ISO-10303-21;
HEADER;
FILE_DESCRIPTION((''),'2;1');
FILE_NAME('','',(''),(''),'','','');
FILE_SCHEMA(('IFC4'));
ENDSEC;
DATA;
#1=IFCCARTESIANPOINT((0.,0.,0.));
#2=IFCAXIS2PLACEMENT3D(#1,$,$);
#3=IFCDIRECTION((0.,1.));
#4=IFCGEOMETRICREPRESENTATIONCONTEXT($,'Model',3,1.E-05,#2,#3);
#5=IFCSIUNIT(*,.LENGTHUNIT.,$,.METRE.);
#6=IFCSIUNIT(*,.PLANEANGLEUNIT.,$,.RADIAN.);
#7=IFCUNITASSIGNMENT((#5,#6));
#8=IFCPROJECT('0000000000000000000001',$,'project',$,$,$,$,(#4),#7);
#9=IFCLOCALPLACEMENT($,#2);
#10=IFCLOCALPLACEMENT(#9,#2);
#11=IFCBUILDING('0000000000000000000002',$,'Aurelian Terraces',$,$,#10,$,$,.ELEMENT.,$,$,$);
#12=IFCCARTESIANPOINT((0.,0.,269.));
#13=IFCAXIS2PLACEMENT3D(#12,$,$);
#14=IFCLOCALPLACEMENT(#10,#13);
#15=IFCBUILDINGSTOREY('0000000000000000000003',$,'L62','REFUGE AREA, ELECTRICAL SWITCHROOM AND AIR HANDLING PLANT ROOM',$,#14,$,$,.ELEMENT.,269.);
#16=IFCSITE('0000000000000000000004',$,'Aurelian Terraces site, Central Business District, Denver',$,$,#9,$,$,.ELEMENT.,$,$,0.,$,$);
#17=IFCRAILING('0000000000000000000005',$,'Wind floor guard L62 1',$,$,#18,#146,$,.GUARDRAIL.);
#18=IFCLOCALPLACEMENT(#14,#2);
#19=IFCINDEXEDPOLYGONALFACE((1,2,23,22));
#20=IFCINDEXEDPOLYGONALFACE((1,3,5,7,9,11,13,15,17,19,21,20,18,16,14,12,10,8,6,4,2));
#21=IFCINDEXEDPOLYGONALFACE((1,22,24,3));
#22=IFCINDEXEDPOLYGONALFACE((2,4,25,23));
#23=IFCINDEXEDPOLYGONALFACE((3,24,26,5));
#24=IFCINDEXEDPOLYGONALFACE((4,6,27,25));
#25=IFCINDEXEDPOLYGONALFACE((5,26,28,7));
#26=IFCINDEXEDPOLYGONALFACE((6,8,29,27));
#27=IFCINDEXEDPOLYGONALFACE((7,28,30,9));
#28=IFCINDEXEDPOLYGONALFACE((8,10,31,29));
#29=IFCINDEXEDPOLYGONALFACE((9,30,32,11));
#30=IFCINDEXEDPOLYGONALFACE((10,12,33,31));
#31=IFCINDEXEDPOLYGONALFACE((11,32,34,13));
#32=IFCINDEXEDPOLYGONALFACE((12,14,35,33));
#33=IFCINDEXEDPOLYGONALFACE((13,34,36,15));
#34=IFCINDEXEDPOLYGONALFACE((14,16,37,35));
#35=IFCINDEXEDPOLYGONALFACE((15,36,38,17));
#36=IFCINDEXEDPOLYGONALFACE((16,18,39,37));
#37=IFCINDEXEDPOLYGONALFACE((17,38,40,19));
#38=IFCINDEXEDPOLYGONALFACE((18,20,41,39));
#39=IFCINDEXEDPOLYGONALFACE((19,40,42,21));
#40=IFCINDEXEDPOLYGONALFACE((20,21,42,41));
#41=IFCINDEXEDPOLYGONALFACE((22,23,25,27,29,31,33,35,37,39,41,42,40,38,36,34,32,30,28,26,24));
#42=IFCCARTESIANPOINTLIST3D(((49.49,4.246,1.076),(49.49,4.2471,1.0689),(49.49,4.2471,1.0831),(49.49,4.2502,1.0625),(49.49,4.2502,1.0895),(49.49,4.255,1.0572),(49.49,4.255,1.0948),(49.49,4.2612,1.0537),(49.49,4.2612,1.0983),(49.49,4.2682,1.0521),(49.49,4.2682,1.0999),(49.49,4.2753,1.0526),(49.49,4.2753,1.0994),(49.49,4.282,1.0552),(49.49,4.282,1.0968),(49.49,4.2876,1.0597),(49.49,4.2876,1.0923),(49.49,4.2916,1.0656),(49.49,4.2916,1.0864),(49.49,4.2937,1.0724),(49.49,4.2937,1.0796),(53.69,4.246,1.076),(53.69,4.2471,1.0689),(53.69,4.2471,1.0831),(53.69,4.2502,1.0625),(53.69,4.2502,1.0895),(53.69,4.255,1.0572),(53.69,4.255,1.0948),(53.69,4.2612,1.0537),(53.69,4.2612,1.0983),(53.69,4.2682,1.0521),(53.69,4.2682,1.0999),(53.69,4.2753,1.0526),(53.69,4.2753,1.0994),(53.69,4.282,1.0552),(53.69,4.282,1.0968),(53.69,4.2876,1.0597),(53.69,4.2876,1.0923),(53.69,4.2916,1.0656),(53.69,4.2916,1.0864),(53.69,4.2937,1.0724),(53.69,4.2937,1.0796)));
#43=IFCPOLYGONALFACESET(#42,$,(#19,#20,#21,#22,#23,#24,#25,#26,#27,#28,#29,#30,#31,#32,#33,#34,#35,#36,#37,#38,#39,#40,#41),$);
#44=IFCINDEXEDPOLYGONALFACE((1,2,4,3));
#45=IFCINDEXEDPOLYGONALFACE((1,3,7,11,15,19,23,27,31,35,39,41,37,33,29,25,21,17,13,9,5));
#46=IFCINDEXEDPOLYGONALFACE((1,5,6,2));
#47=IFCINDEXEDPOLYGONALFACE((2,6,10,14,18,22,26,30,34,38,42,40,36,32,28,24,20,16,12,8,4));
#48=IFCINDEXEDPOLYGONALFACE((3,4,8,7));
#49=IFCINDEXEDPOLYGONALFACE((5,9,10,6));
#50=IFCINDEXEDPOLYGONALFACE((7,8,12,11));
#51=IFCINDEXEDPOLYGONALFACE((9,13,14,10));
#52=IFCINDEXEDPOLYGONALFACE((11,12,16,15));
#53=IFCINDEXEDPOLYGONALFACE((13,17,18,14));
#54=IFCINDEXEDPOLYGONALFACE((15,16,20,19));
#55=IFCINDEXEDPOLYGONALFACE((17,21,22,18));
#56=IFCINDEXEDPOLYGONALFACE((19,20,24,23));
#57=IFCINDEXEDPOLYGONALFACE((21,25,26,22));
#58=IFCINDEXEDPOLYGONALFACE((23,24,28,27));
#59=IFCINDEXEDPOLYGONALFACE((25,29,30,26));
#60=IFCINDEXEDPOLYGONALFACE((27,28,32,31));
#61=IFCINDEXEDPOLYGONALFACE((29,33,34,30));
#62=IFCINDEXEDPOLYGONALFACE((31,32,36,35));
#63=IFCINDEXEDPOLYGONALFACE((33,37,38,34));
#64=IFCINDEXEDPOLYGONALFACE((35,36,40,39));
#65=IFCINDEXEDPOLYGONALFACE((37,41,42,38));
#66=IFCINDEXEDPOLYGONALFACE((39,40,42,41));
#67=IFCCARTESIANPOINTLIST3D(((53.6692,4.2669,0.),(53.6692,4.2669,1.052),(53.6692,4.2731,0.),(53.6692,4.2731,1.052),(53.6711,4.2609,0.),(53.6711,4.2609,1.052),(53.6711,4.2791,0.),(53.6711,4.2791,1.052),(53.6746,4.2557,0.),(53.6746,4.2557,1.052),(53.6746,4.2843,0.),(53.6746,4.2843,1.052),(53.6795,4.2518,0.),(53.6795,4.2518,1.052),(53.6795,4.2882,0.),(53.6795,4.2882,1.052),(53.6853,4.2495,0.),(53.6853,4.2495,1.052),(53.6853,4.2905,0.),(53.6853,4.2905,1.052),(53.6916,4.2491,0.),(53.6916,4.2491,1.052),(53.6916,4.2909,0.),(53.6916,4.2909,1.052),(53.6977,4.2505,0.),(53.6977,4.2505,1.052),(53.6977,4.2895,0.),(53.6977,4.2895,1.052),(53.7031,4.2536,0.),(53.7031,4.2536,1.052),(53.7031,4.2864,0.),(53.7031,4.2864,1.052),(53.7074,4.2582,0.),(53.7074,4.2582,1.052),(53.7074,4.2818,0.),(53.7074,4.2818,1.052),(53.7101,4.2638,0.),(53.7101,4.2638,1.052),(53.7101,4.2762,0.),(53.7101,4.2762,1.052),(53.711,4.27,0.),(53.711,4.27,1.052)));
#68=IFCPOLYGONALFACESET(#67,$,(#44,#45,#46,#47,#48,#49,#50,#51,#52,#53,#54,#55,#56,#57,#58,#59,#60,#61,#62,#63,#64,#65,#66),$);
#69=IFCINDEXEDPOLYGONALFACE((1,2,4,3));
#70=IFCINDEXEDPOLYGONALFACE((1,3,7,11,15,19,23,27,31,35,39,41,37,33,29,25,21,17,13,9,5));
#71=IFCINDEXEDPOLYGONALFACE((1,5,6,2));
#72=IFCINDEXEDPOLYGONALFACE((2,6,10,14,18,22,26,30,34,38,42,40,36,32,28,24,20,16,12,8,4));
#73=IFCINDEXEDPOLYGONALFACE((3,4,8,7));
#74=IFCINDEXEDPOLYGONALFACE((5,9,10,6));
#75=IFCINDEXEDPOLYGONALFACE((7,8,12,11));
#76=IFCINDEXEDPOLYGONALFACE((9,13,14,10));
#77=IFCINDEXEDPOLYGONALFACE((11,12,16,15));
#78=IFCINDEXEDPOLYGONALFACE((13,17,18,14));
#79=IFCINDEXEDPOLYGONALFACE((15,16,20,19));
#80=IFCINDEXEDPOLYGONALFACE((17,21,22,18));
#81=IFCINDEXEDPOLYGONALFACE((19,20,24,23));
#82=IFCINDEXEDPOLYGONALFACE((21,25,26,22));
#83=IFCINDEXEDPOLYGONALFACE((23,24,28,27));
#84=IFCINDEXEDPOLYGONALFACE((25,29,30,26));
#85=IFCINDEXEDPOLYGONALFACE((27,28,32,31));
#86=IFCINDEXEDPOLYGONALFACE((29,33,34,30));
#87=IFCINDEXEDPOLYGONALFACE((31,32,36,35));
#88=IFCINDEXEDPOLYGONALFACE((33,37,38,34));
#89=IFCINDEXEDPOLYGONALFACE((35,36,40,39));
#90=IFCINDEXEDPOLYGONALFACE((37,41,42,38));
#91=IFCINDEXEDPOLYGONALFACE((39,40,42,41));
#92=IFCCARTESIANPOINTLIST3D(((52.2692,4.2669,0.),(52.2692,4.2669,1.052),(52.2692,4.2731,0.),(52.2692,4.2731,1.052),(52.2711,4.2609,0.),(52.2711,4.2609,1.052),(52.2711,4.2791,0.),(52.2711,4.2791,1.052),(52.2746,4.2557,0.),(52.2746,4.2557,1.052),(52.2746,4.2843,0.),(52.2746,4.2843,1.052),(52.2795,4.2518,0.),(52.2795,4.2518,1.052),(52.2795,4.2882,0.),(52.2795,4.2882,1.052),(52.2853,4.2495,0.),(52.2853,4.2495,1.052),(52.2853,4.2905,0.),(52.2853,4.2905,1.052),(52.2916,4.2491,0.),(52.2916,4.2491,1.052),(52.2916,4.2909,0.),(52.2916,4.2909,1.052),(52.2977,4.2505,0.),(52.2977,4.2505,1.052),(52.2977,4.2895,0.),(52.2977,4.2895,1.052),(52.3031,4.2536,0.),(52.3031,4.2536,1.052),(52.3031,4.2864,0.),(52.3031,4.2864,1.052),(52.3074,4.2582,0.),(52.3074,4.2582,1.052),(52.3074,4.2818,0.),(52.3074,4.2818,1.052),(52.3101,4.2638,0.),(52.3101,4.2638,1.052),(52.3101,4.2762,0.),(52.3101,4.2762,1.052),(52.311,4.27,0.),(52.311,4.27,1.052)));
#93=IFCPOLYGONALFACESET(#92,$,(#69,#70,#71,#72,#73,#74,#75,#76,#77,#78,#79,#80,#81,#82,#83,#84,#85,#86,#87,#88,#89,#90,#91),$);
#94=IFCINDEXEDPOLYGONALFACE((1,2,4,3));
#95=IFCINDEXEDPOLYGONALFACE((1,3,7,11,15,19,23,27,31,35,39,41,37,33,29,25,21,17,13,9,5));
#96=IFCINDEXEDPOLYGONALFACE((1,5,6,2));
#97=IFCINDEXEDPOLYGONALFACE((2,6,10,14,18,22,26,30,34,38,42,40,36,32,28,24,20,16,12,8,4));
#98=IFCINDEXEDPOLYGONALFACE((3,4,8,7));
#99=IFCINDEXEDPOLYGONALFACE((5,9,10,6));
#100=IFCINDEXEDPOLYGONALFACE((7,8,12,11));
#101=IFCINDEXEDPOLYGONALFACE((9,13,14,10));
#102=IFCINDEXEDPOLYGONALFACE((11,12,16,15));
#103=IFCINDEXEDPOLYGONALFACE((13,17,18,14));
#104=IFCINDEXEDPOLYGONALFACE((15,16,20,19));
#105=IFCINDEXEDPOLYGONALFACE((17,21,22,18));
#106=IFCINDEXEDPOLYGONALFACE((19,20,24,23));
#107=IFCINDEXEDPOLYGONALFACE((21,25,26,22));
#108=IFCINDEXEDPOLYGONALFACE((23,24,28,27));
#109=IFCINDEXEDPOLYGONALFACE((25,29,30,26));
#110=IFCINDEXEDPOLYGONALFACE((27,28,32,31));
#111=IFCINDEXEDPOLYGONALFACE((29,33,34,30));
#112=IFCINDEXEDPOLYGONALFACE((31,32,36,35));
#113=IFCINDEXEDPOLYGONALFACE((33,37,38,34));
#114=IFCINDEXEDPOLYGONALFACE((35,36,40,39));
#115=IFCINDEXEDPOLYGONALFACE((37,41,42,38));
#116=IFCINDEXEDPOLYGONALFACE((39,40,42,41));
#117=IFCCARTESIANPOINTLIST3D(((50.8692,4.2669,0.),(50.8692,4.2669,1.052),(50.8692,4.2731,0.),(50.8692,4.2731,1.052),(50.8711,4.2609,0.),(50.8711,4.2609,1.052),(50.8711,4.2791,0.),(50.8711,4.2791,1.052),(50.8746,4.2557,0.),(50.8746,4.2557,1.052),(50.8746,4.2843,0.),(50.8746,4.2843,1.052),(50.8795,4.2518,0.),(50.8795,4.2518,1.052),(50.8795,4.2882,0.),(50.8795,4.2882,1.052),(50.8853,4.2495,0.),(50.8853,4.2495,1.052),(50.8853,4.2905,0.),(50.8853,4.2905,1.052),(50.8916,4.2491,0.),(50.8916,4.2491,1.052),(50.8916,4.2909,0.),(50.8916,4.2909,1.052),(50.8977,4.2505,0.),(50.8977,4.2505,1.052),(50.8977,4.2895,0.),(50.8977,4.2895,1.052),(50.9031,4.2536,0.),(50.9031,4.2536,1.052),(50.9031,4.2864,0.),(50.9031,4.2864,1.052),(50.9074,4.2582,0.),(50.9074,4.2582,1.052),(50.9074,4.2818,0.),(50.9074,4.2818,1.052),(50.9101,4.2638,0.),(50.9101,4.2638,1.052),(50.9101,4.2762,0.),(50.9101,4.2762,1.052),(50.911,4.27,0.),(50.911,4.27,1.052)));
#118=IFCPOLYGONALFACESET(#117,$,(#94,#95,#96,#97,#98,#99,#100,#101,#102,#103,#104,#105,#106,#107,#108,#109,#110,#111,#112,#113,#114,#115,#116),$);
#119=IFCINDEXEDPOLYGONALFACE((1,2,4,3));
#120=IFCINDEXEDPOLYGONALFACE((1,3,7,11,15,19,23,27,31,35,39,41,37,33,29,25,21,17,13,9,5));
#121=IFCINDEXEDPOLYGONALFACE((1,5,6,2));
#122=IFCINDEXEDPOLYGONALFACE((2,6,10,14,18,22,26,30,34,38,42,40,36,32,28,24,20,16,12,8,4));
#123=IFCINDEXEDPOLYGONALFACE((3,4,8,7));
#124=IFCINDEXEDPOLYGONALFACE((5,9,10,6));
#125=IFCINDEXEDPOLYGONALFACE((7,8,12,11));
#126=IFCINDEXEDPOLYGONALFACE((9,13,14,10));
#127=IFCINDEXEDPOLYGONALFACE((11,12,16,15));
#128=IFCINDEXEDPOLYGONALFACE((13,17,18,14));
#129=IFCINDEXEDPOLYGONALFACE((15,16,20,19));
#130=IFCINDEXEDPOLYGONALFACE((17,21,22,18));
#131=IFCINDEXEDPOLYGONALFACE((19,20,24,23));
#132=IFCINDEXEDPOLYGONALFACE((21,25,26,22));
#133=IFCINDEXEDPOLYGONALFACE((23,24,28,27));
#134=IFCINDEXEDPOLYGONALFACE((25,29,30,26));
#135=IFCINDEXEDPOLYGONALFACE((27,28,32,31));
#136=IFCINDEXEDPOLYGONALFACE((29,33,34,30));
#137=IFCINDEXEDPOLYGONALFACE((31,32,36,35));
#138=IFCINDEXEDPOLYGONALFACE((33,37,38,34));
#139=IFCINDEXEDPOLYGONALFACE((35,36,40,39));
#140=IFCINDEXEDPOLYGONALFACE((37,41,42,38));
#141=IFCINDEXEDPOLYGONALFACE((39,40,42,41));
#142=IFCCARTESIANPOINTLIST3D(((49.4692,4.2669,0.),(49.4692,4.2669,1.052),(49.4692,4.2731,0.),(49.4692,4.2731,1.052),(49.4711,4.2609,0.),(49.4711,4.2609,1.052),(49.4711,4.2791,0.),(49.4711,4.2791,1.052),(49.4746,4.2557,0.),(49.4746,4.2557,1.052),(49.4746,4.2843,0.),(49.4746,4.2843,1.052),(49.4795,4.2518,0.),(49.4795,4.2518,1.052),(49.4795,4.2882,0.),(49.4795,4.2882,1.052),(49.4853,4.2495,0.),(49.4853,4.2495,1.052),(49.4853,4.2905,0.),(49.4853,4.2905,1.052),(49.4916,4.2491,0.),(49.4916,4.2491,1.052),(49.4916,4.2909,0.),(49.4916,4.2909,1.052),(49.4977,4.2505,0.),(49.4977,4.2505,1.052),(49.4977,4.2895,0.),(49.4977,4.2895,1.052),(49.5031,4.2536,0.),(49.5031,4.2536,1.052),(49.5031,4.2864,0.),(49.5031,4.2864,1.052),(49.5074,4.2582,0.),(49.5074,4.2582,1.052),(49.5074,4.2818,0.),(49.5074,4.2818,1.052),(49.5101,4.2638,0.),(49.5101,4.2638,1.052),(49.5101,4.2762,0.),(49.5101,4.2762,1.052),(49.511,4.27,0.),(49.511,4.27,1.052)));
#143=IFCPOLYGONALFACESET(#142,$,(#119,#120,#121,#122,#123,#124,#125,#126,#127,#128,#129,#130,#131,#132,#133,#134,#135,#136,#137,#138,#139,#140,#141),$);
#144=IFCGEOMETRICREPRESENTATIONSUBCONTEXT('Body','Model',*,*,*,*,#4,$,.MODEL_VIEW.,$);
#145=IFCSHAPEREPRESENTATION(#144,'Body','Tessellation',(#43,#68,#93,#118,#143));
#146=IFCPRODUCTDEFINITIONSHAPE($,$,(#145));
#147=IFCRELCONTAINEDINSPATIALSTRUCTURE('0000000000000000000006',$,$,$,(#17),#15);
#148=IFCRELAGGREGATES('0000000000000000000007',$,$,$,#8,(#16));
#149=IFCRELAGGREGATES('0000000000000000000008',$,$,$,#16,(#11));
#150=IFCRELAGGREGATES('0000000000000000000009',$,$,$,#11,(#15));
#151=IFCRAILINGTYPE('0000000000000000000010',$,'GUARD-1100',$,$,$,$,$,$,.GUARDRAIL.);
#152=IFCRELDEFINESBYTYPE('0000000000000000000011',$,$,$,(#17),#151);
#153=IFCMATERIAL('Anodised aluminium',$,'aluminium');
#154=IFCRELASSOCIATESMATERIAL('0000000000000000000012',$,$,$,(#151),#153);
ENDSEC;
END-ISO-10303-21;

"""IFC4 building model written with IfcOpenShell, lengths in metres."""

from ifc_helpers import new_model, si_unit, direction, frame, origin, origin_2d, place, context, subcontext, project, spatial, circle, extrude, source, transform, mapped, material, type_object, element, save


model = new_model("IFC4")

# Units and contexts
model_context = context("Model", 3, precision=1e-05, world=origin(), true_north=direction((0.0, 1.0)))
body_context = subcontext(model_context, "Body", "Model", "MODEL_VIEW")
ifc_project = project(units=[si_unit("LENGTHUNIT", "METRE"), si_unit("PLANEANGLEUNIT", "RADIAN")], contexts=[model_context])

# Site, building, storey
site_placement = place(None, origin())
site = spatial("IfcSite", under=ifc_project, at=site_placement, Name="Aurelian Terraces site, Central Business District, Denver", CompositionType="ELEMENT", RefElevation=0.0)
building_placement = place(site_placement, origin())
building = spatial("IfcBuilding", under=site, at=building_placement, Name="Aurelian Terraces", CompositionType="ELEMENT")
storey_placement = place(building_placement, frame((0.0, 0.0, 269.0)))
storey = spatial("IfcBuildingStorey", under=building, at=storey_placement, Name="L62", Description="REFUGE AREA, ELECTRICAL SWITCHROOM AND AIR HANDLING PLANT ROOM", CompositionType="ELEMENT", Elevation=269.0)

# Railing
ifc_material_1 = material(Name="Anodised aluminium", Category="aluminium")
railing_type_1 = type_object("IfcRailingType", Name="GUARD-1100", PredefinedType="GUARDRAIL", material=ifc_material_1)
shared_shape_1 = source(origin(), body_context, "Body", "SweptSolid", [
    extrude(circle(Radius=0.024, at=origin_2d()), frame((0.0, 0.0, 1.076), z_axis=(-1.0, 0.0, 0.0), x_axis=(0.0, -1.0, 0.0)), (0.0, 0.0, 1.0), 4.2),
    extrude(circle(Radius=0.021, at=origin_2d()), origin(), (0.0, 0.0, 1.0), 1.052),
    extrude(circle(Radius=0.021, at=origin_2d()), frame((-1.4, 0.0, 0.0)), (0.0, 0.0, 1.0), 1.052),
    extrude(circle(Radius=0.021, at=origin_2d()), frame((-2.8, 0.0, 0.0)), (0.0, 0.0, 1.0), 1.052),
    extrude(circle(Radius=0.021, at=origin_2d()), frame((-4.2, 0.0, 0.0)), (0.0, 0.0, 1.0), 1.052),
])
railing_1_placement = place(storey_placement, frame((53.69, 4.27, 0.0)))
element("IfcRailing", 1, at=railing_1_placement, inside=storey, type_object=railing_type_1, Name="Wind floor guard L62 1", PredefinedType="GUARDRAIL", context=body_context, shape_type="MappedRepresentation", body=[
    mapped(shared_shape_1, transform((0.0, 0.0, 0.0), scale=1.0)),
])

save(model, "model.ifc")
